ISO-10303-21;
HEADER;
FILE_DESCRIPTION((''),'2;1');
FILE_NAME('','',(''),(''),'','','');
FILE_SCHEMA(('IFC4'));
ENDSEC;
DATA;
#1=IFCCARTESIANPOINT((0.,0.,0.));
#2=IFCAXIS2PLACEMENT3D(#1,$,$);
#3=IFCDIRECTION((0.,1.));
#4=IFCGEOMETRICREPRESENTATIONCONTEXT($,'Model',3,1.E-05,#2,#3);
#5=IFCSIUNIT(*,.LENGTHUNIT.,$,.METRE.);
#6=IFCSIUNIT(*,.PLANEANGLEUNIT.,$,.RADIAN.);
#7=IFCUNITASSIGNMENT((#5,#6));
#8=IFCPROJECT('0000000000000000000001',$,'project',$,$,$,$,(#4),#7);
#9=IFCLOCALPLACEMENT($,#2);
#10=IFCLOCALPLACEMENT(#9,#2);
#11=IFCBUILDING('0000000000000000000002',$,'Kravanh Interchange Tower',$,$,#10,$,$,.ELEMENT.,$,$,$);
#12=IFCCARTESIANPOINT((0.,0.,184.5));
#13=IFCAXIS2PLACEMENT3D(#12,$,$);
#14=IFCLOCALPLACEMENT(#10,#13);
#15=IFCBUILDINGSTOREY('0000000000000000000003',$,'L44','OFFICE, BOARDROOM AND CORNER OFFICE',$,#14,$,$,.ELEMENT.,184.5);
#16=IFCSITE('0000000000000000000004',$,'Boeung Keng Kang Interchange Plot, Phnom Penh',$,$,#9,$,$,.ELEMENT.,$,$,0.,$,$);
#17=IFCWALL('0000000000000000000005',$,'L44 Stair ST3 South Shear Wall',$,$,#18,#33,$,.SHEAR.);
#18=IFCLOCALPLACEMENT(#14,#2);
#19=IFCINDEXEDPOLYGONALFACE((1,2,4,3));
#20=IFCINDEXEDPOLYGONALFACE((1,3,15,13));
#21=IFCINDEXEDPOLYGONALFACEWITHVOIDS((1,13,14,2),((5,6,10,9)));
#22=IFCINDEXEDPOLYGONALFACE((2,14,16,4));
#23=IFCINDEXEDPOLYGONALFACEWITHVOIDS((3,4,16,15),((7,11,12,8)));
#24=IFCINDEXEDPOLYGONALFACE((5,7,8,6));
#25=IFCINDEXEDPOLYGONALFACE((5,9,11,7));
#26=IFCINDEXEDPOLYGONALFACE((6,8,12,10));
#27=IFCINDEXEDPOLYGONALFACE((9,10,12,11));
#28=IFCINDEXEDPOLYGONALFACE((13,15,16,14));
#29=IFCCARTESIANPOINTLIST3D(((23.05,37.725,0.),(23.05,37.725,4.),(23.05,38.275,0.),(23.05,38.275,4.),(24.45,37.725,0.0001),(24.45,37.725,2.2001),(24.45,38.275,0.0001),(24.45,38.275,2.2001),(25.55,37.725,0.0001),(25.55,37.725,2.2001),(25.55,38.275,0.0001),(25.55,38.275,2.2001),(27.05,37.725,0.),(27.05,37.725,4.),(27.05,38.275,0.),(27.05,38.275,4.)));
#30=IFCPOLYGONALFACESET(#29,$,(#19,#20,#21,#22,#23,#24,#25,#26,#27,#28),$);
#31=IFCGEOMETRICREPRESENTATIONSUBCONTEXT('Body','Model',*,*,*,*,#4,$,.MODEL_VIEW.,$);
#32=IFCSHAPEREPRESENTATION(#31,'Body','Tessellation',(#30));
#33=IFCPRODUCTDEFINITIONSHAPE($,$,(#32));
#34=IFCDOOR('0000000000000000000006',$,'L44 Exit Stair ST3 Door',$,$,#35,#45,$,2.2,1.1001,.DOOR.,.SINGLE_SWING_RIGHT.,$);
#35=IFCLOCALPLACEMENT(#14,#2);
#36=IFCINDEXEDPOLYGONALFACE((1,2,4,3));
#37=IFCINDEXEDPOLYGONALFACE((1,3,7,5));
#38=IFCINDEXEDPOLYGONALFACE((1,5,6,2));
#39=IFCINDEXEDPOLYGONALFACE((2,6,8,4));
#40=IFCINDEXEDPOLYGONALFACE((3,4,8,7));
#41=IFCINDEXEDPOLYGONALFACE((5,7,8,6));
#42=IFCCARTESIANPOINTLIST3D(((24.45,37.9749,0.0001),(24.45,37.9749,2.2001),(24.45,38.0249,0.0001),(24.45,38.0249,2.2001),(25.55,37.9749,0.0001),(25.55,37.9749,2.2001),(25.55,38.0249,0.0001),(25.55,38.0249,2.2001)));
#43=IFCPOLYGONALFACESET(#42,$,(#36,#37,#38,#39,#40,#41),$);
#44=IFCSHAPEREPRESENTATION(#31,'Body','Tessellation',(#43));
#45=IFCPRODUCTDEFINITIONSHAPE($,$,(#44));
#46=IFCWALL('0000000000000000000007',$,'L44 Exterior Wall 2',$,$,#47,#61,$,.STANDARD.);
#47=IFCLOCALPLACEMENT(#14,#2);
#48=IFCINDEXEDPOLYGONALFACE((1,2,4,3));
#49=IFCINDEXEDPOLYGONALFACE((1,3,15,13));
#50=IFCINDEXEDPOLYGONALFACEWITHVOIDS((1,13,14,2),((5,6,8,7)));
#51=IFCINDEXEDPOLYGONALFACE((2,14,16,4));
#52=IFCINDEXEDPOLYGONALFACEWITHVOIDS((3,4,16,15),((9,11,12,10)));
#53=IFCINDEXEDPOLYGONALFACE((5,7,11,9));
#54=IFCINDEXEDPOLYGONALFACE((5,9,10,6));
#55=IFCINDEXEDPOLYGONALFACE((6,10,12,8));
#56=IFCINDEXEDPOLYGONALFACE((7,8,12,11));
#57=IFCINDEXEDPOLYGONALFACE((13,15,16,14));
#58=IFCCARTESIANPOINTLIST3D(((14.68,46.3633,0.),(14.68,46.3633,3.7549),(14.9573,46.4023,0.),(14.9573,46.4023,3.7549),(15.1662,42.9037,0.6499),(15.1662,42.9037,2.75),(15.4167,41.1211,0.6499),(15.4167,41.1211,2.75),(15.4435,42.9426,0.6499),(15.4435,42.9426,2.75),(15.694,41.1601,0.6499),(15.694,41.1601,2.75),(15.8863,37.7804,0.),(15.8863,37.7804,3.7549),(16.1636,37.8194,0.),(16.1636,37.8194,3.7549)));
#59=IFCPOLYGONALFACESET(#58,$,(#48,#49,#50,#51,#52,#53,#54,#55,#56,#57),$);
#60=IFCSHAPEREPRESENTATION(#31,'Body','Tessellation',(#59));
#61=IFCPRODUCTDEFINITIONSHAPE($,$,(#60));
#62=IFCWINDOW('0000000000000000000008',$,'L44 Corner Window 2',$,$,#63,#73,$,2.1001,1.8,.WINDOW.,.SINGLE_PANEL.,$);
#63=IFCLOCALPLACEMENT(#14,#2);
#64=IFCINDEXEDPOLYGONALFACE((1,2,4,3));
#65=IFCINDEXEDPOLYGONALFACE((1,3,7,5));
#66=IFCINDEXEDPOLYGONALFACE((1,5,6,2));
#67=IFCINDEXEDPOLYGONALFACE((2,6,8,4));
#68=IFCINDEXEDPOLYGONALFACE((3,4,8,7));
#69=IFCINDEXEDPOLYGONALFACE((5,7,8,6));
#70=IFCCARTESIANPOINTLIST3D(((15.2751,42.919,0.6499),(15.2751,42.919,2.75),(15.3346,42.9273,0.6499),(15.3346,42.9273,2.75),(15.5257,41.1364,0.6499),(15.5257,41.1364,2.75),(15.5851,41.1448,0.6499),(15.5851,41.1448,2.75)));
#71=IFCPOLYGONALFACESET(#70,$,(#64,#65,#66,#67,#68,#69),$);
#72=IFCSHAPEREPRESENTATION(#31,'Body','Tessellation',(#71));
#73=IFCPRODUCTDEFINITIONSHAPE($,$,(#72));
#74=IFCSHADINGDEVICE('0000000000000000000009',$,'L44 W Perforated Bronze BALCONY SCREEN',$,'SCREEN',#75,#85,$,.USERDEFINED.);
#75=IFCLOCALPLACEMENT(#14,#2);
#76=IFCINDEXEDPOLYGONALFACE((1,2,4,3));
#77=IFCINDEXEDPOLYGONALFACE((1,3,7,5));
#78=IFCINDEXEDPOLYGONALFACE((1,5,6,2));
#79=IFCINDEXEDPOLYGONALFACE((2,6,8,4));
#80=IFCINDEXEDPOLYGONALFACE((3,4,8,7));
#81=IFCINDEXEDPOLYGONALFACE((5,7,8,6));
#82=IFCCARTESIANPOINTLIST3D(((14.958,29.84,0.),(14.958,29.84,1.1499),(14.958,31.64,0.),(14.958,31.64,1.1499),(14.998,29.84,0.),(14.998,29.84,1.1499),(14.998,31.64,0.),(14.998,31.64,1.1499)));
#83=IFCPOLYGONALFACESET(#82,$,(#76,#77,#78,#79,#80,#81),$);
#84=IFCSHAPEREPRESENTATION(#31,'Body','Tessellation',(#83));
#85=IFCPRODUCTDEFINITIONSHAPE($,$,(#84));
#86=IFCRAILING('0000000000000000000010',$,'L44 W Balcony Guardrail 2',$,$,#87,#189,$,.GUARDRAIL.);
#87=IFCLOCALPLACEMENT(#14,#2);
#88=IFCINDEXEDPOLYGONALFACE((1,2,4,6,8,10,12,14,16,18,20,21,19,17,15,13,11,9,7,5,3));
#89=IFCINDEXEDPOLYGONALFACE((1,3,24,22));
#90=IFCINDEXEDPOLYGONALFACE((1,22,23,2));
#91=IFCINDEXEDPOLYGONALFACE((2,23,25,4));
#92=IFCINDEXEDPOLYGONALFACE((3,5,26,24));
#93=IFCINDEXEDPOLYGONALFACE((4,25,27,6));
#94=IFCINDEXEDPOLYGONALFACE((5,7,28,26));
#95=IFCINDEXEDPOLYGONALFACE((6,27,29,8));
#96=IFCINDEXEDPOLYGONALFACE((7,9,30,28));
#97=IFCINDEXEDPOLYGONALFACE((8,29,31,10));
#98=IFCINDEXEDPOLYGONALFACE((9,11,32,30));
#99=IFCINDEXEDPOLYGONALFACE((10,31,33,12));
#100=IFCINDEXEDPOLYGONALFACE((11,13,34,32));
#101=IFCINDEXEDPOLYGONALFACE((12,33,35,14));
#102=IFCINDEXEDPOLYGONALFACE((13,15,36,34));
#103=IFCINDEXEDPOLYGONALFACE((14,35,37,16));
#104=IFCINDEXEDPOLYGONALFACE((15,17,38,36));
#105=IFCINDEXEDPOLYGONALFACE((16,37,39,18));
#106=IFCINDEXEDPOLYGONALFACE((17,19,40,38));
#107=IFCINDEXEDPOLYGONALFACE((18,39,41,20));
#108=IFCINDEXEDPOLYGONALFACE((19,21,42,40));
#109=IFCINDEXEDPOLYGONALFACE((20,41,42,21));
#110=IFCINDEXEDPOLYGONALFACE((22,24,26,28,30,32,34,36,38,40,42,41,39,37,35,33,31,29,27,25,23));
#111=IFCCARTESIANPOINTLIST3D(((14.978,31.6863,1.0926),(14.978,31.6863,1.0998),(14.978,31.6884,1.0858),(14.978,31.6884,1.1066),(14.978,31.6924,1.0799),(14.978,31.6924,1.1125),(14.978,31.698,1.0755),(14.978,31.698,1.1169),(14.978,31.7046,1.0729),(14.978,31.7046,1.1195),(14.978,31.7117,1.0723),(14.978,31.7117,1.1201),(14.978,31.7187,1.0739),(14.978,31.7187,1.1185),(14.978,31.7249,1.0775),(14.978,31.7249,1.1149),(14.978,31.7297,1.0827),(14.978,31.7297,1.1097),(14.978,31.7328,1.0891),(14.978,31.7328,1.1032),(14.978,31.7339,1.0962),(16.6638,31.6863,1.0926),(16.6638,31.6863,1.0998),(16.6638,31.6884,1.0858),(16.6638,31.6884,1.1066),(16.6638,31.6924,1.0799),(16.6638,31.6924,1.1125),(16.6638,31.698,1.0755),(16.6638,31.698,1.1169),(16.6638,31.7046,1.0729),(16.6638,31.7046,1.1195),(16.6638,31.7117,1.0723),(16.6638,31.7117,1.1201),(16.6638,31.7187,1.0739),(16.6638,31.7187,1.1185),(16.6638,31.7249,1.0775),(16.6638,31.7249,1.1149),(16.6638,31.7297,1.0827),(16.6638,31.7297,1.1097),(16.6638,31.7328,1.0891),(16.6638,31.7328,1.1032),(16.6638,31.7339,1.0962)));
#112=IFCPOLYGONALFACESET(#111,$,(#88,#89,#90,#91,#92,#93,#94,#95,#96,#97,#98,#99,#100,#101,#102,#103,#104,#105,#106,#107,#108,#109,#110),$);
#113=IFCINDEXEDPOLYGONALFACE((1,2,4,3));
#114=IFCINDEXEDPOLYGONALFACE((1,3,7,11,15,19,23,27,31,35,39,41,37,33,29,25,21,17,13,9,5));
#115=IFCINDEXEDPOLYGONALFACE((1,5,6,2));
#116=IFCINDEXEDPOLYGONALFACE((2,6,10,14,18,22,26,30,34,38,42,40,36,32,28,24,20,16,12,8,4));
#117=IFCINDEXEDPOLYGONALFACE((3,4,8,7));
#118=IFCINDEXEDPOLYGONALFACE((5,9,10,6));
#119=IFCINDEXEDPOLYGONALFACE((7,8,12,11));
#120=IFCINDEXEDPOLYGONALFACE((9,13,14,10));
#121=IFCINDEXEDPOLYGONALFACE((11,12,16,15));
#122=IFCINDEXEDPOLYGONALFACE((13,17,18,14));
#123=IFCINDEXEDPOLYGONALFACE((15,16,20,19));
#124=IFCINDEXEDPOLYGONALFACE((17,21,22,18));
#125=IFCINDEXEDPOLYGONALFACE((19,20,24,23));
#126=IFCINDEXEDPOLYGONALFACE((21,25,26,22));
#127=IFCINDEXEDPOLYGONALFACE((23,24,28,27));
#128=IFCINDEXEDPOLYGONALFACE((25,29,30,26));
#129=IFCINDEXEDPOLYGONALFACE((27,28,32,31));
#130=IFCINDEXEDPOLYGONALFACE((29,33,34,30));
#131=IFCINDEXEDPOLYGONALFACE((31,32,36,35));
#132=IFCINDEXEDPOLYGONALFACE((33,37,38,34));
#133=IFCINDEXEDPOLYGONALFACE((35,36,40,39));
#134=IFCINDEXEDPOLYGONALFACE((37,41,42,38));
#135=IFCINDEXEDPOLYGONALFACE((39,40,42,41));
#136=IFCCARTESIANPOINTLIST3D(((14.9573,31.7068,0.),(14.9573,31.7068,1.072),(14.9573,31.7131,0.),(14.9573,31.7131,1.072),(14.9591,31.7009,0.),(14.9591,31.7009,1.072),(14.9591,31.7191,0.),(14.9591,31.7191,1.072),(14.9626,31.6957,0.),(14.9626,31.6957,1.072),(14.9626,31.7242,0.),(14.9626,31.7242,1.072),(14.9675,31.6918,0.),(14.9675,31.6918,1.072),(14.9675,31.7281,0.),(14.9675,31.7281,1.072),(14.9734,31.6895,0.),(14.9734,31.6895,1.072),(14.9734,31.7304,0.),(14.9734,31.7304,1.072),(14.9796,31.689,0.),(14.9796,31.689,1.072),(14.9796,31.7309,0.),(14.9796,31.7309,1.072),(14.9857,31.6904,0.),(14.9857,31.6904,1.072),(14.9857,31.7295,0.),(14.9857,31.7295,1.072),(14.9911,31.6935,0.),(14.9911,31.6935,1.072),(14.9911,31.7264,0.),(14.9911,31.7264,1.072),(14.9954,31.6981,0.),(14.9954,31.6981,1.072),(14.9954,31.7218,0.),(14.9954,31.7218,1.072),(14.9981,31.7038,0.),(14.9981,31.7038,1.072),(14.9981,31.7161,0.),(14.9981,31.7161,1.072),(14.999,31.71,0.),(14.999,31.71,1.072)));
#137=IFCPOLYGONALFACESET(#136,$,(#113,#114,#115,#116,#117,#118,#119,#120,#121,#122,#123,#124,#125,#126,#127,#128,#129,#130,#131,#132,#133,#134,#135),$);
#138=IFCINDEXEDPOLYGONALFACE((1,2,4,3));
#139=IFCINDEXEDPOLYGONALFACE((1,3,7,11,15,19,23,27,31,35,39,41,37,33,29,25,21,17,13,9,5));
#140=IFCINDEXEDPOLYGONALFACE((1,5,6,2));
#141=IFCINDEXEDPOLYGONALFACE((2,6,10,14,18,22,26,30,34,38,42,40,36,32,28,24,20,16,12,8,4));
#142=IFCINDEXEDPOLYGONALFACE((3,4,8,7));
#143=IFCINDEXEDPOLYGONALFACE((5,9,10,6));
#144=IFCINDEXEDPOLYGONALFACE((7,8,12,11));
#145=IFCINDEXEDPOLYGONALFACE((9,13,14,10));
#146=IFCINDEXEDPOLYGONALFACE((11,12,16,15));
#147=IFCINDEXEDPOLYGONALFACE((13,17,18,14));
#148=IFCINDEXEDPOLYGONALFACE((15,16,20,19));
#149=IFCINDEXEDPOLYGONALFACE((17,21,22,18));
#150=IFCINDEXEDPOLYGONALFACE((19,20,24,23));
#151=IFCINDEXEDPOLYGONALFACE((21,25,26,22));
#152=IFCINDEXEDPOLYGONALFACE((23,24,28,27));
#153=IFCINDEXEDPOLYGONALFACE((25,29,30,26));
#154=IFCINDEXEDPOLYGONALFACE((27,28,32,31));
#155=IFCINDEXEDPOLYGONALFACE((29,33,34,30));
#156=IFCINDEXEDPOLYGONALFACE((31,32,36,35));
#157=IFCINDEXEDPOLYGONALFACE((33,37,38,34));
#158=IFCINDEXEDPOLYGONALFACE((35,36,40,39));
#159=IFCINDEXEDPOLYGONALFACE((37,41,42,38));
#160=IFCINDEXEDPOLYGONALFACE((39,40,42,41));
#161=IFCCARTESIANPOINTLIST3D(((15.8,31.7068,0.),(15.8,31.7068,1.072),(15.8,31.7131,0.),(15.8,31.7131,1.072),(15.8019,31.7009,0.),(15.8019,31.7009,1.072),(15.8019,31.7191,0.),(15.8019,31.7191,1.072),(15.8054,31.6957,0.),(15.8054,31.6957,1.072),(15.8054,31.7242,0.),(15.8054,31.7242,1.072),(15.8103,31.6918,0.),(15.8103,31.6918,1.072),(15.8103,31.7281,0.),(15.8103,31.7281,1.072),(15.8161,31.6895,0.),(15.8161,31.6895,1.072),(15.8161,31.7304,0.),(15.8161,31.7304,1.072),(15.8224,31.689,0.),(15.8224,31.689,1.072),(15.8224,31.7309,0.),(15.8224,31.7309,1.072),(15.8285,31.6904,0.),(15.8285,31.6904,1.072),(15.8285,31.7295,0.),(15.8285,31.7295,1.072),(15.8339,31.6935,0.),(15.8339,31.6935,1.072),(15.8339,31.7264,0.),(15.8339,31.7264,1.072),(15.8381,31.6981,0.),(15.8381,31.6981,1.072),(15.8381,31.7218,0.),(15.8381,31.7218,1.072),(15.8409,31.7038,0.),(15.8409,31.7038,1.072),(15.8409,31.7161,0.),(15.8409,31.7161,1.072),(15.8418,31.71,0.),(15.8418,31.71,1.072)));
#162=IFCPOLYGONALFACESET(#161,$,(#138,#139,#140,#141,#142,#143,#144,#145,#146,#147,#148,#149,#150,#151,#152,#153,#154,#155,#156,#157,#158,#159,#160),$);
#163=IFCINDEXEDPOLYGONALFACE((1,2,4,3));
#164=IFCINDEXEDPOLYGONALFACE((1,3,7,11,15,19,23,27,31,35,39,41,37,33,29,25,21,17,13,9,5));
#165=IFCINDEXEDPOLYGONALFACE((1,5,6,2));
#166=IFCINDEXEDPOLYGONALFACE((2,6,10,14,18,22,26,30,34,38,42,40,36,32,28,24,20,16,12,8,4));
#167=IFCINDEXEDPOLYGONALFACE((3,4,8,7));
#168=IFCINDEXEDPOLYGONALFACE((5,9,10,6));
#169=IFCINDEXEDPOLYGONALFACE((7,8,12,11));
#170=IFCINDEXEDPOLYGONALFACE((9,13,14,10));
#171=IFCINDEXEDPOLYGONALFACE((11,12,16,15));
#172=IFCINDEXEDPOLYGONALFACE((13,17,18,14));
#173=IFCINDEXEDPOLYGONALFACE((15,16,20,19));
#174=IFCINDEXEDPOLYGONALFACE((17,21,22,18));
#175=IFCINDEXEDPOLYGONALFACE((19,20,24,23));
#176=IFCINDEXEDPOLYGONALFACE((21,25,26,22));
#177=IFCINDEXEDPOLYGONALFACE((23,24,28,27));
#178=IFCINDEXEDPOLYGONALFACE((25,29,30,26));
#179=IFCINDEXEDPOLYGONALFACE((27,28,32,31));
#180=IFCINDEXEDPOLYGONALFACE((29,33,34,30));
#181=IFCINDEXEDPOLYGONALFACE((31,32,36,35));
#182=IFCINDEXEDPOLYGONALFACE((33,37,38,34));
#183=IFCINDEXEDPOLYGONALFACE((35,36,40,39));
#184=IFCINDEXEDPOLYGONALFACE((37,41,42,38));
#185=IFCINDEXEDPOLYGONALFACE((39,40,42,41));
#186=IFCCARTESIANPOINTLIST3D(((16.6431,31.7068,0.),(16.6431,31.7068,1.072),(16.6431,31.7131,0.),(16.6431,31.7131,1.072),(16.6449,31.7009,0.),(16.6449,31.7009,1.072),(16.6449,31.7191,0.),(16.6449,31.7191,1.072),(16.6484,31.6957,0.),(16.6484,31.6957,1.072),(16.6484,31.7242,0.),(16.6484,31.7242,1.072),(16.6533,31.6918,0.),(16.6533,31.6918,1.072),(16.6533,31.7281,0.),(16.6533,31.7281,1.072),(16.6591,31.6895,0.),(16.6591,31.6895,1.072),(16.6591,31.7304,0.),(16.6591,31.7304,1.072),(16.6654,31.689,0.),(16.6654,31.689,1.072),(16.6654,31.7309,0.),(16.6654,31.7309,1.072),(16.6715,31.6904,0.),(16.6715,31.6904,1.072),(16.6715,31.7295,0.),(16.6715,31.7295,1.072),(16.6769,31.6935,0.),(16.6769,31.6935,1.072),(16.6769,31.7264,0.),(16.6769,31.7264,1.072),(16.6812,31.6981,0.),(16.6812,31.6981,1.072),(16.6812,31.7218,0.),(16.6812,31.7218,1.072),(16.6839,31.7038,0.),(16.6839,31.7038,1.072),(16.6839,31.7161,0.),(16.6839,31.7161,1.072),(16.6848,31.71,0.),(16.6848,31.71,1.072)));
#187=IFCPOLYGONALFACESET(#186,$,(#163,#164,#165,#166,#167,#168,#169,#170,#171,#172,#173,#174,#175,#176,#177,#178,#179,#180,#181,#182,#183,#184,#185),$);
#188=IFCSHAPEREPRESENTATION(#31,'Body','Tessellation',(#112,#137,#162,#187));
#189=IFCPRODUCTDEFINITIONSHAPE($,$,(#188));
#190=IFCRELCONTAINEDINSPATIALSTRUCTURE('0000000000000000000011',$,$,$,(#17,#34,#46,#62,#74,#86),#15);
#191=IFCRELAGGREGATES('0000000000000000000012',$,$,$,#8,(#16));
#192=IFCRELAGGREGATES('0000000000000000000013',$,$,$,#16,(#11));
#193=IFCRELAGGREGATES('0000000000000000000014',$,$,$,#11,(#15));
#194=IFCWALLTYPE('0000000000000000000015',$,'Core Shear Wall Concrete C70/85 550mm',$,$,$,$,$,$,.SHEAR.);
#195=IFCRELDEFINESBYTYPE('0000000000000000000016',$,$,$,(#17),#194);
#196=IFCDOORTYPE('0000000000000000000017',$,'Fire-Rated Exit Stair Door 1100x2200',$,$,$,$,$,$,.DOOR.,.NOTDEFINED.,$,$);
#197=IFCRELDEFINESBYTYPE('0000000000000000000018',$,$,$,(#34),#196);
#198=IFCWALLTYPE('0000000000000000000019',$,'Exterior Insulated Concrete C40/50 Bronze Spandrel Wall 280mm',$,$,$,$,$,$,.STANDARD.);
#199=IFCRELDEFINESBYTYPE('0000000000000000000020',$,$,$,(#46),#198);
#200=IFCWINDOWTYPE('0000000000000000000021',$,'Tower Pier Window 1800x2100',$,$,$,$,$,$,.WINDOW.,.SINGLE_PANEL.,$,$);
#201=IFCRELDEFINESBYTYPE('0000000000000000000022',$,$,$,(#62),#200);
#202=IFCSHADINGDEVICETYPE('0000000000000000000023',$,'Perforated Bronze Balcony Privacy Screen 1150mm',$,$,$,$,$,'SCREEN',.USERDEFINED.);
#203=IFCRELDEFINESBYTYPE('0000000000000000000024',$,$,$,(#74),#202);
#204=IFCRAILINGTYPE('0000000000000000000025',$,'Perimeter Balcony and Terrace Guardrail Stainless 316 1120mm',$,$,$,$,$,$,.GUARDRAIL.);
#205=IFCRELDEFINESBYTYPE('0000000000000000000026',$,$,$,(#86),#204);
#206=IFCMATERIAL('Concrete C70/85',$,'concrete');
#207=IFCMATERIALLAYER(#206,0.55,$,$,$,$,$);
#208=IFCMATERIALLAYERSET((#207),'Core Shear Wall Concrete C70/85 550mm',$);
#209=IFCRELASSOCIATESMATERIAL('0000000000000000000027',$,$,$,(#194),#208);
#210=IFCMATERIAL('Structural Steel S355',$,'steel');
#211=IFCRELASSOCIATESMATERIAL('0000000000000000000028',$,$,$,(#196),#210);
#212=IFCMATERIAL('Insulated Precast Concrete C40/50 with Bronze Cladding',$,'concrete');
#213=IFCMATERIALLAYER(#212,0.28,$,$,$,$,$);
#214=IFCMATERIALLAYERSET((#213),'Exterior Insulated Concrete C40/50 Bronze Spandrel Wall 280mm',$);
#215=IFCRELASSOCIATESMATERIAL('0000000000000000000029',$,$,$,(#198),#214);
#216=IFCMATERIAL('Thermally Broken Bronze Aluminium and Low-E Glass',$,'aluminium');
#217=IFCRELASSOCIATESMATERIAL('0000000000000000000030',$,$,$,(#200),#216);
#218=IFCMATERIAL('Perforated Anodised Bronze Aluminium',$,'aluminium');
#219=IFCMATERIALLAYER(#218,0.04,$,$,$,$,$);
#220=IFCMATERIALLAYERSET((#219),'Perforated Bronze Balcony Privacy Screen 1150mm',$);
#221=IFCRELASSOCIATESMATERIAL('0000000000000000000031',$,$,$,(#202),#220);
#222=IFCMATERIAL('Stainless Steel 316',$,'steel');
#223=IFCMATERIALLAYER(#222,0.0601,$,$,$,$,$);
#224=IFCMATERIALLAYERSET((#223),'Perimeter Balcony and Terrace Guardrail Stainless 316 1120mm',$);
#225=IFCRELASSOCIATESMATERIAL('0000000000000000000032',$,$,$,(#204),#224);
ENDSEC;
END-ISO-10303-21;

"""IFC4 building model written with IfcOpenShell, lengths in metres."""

from ifc_helpers import new_model, si_unit, direction, frame, frame_2d, origin, origin_2d, place, context, subcontext, project, spatial, rectangle, circle, extrude, material, layer, layer_set, type_object, element, fill, save


model = new_model("IFC4")

# Units and contexts
model_context = context("Model", 3, precision=1e-05, world=origin(), true_north=direction((0.0, 1.0)))
body_context = subcontext(model_context, "Body", "Model", "MODEL_VIEW")
ifc_project = project(units=[si_unit("LENGTHUNIT", "METRE"), si_unit("PLANEANGLEUNIT", "RADIAN")], contexts=[model_context])

# Site, building, storey
site_placement = place(None, origin())
site = spatial("IfcSite", under=ifc_project, at=site_placement, Name="Boeung Keng Kang Interchange Plot, Phnom Penh", CompositionType="ELEMENT", RefElevation=0.0)
building_placement = place(site_placement, origin())
building = spatial("IfcBuilding", under=site, at=building_placement, Name="Kravanh Interchange Tower", CompositionType="ELEMENT")
storey_placement = place(building_placement, frame((0.0, 0.0, 184.5)))
storey = spatial("IfcBuildingStorey", under=building, at=storey_placement, Name="L44", Description="OFFICE, BOARDROOM AND CORNER OFFICE", CompositionType="ELEMENT", Elevation=184.5)

# Wall, opening, door
ifc_material_1 = material(Name="Concrete C70/85", Category="concrete")
ifc_layer_1 = layer(ifc_material_1, 0.55)
ifc_layer_set_1 = layer_set([ifc_layer_1], Name="Core Shear Wall Concrete C70/85 550mm")
wall_type_1 = type_object("IfcWallType", Name="Core Shear Wall Concrete C70/85 550mm", PredefinedType="SHEAR", material=ifc_layer_set_1)
wall_1_placement = place(storey_placement, frame((23.05, 38.0, 0.0), z_axis=(0.0, 0.0, 1.0), x_axis=(1.0, 0.0, 0.0)))
wall_1 = element("IfcWall", 1, at=wall_1_placement, inside=storey, type_object=wall_type_1, Name="L44 Stair ST3 South Shear Wall", PredefinedType="SHEAR", context=body_context, shape_type="SweptSolid", body=[
    extrude(rectangle(XDim=4.0, YDim=0.55, at=frame_2d((2.0, 0.0))), origin(), (0.0, 0.0, 1.0), 4.0),
])
opening_1_placement = place(wall_1_placement, frame((1.3999, 0.0, 0.0)))
opening_1 = element("IfcOpeningElement", 2, at=opening_1_placement, cuts=wall_1, PredefinedType="OPENING", context=body_context, shape_type="SweptSolid", body=[
    extrude(rectangle(XDim=1.1001, YDim=2.2, at=frame_2d((0.55, 1.1001))), frame((0.0, 0.2852, 0.0), z_axis=(0.0, -1.0, 0.0), x_axis=(1.0, 0.0, 0.0)), (0.0, 0.0, 1.0), 0.5701),
])
ifc_material_2 = material(Name="Structural Steel S355", Category="steel")
door_type_1 = type_object("IfcDoorType", Name="Fire-Rated Exit Stair Door 1100x2200", OperationType="NOTDEFINED", PredefinedType="DOOR", material=ifc_material_2)
door_1_placement = place(opening_1_placement, origin())
door_1 = element("IfcDoor", 3, at=door_1_placement, inside=storey, type_object=door_type_1, Name="L44 Exit Stair ST3 Door", OperationType="SINGLE_SWING_RIGHT", OverallHeight=2.2, OverallWidth=1.1001, PredefinedType="DOOR", context=body_context, shape_type="SweptSolid", body=[
    extrude(rectangle(XDim=1.1001, YDim=2.2, at=frame_2d((0.55, 1.1001))), frame((0.0, 0.0249, 0.0), z_axis=(0.0, -1.0, 0.0), x_axis=(1.0, 0.0, 0.0)), (0.0, 0.0, 1.0), 0.05),
])
fill(opening_1, door_1)

# Wall, opening, window
ifc_material_3 = material(Name="Insulated Precast Concrete C40/50 with Bronze Cladding", Category="concrete")
ifc_layer_2 = layer(ifc_material_3, 0.28)
ifc_layer_set_2 = layer_set([ifc_layer_2], Name="Exterior Insulated Concrete C40/50 Bronze Spandrel Wall 280mm")
wall_type_2 = type_object("IfcWallType", Name="Exterior Insulated Concrete C40/50 Bronze Spandrel Wall 280mm", PredefinedType="STANDARD", material=ifc_layer_set_2)
wall_2_placement = place(storey_placement, frame((16.0249, 37.8, 0.0), z_axis=(0.0, 0.0, 1.0), x_axis=(-0.139181, 0.990267, 0.0)))
wall_2 = element("IfcWall", 4, at=wall_2_placement, inside=storey, type_object=wall_type_2, Name="L44 Exterior Wall 2", PredefinedType="STANDARD", context=body_context, shape_type="SweptSolid", body=[
    extrude(rectangle(XDim=8.6672, YDim=0.28, at=frame_2d((4.3335, 0.0))), origin(), (0.0, 0.0, 1.0), 3.7549),
])
opening_2_placement = place(wall_2_placement, frame((3.3735, 0.0, 0.6499)))
opening_2 = element("IfcOpeningElement", 5, at=opening_2_placement, cuts=wall_2, PredefinedType="OPENING", context=body_context, shape_type="SweptSolid", body=[
    extrude(rectangle(XDim=1.8, YDim=2.1001, at=frame_2d((0.8999, 1.05))), frame((0.0, 0.1499, 0.0), z_axis=(0.0, -1.0, 0.0), x_axis=(1.0, 0.0, 0.0)), (0.0, 0.0, 1.0), 0.3),
])
ifc_material_4 = material(Name="Thermally Broken Bronze Aluminium and Low-E Glass", Category="aluminium")
window_type = type_object("IfcWindowType", Name="Tower Pier Window 1800x2100", PartitioningType="SINGLE_PANEL", PredefinedType="WINDOW", material=ifc_material_4)
window_placement = place(opening_2_placement, origin())
window = element("IfcWindow", 6, at=window_placement, inside=storey, type_object=window_type, Name="L44 Corner Window 2", OverallHeight=2.1001, OverallWidth=1.8, PartitioningType="SINGLE_PANEL", PredefinedType="WINDOW", context=body_context, shape_type="SweptSolid", body=[
    extrude(rectangle(XDim=1.8, YDim=2.1001, at=frame_2d((0.8999, 1.05))), frame((0.0, 0.03, 0.0), z_axis=(0.0, -1.0, 0.0), x_axis=(1.0, 0.0, 0.0)), (0.0, 0.0, 1.0), 0.0601),
])
fill(opening_2, window)

# Shading device
ifc_material_5 = material(Name="Perforated Anodised Bronze Aluminium", Category="aluminium")
ifc_layer_3 = layer(ifc_material_5, 0.04)
ifc_layer_set_3 = layer_set([ifc_layer_3], Name="Perforated Bronze Balcony Privacy Screen 1150mm")
shading_device_type = type_object("IfcShadingDeviceType", Name="Perforated Bronze Balcony Privacy Screen 1150mm", ElementType="SCREEN", PredefinedType="USERDEFINED", material=ifc_layer_set_3)
shading_device_placement = place(storey_placement, frame((14.978, 30.74, 0.0), z_axis=(0.0, 0.0, 1.0), x_axis=(1.0, 0.0, 0.0)))
element("IfcShadingDevice", 7, at=shading_device_placement, inside=storey, type_object=shading_device_type, Name="L44 W Perforated Bronze BALCONY SCREEN", ObjectType="SCREEN", PredefinedType="USERDEFINED", context=body_context, shape_type="SweptSolid", body=[
    extrude(rectangle(XDim=0.04, YDim=1.8, at=origin_2d()), origin(), (0.0, 0.0, 1.0), 1.1499),
])

# Railing
ifc_material_6 = material(Name="Stainless Steel 316", Category="steel")
ifc_layer_4 = layer(ifc_material_6, 0.0601)
ifc_layer_set_4 = layer_set([ifc_layer_4], Name="Perimeter Balcony and Terrace Guardrail Stainless 316 1120mm")
railing_type = type_object("IfcRailingType", Name="Perimeter Balcony and Terrace Guardrail Stainless 316 1120mm", PredefinedType="GUARDRAIL", material=ifc_layer_set_4)
railing_placement = place(storey_placement, frame((14.978, 31.71, 0.0)))
element("IfcRailing", 8, at=railing_placement, inside=storey, type_object=railing_type, Name="L44 W Balcony Guardrail 2", PredefinedType="GUARDRAIL", context=body_context, shape_type="SweptSolid", body=[
    extrude(circle(Radius=0.0239, at=origin_2d()), frame((0.0, 0.0, 1.0962), z_axis=(1.0, 0.0, 0.0), x_axis=(0.0, 1.0, 0.0)), (0.0, 0.0, 1.0), 1.6858),
    extrude(circle(Radius=0.021, at=origin_2d()), origin(), (0.0, 0.0, 1.0), 1.072),
    extrude(circle(Radius=0.021, at=origin_2d()), frame((0.8428, 0.0, 0.0)), (0.0, 0.0, 1.0), 1.072),
    extrude(circle(Radius=0.021, at=origin_2d()), frame((1.6858, 0.0, 0.0)), (0.0, 0.0, 1.0), 1.072),
])

save(model, "model.ifc")
